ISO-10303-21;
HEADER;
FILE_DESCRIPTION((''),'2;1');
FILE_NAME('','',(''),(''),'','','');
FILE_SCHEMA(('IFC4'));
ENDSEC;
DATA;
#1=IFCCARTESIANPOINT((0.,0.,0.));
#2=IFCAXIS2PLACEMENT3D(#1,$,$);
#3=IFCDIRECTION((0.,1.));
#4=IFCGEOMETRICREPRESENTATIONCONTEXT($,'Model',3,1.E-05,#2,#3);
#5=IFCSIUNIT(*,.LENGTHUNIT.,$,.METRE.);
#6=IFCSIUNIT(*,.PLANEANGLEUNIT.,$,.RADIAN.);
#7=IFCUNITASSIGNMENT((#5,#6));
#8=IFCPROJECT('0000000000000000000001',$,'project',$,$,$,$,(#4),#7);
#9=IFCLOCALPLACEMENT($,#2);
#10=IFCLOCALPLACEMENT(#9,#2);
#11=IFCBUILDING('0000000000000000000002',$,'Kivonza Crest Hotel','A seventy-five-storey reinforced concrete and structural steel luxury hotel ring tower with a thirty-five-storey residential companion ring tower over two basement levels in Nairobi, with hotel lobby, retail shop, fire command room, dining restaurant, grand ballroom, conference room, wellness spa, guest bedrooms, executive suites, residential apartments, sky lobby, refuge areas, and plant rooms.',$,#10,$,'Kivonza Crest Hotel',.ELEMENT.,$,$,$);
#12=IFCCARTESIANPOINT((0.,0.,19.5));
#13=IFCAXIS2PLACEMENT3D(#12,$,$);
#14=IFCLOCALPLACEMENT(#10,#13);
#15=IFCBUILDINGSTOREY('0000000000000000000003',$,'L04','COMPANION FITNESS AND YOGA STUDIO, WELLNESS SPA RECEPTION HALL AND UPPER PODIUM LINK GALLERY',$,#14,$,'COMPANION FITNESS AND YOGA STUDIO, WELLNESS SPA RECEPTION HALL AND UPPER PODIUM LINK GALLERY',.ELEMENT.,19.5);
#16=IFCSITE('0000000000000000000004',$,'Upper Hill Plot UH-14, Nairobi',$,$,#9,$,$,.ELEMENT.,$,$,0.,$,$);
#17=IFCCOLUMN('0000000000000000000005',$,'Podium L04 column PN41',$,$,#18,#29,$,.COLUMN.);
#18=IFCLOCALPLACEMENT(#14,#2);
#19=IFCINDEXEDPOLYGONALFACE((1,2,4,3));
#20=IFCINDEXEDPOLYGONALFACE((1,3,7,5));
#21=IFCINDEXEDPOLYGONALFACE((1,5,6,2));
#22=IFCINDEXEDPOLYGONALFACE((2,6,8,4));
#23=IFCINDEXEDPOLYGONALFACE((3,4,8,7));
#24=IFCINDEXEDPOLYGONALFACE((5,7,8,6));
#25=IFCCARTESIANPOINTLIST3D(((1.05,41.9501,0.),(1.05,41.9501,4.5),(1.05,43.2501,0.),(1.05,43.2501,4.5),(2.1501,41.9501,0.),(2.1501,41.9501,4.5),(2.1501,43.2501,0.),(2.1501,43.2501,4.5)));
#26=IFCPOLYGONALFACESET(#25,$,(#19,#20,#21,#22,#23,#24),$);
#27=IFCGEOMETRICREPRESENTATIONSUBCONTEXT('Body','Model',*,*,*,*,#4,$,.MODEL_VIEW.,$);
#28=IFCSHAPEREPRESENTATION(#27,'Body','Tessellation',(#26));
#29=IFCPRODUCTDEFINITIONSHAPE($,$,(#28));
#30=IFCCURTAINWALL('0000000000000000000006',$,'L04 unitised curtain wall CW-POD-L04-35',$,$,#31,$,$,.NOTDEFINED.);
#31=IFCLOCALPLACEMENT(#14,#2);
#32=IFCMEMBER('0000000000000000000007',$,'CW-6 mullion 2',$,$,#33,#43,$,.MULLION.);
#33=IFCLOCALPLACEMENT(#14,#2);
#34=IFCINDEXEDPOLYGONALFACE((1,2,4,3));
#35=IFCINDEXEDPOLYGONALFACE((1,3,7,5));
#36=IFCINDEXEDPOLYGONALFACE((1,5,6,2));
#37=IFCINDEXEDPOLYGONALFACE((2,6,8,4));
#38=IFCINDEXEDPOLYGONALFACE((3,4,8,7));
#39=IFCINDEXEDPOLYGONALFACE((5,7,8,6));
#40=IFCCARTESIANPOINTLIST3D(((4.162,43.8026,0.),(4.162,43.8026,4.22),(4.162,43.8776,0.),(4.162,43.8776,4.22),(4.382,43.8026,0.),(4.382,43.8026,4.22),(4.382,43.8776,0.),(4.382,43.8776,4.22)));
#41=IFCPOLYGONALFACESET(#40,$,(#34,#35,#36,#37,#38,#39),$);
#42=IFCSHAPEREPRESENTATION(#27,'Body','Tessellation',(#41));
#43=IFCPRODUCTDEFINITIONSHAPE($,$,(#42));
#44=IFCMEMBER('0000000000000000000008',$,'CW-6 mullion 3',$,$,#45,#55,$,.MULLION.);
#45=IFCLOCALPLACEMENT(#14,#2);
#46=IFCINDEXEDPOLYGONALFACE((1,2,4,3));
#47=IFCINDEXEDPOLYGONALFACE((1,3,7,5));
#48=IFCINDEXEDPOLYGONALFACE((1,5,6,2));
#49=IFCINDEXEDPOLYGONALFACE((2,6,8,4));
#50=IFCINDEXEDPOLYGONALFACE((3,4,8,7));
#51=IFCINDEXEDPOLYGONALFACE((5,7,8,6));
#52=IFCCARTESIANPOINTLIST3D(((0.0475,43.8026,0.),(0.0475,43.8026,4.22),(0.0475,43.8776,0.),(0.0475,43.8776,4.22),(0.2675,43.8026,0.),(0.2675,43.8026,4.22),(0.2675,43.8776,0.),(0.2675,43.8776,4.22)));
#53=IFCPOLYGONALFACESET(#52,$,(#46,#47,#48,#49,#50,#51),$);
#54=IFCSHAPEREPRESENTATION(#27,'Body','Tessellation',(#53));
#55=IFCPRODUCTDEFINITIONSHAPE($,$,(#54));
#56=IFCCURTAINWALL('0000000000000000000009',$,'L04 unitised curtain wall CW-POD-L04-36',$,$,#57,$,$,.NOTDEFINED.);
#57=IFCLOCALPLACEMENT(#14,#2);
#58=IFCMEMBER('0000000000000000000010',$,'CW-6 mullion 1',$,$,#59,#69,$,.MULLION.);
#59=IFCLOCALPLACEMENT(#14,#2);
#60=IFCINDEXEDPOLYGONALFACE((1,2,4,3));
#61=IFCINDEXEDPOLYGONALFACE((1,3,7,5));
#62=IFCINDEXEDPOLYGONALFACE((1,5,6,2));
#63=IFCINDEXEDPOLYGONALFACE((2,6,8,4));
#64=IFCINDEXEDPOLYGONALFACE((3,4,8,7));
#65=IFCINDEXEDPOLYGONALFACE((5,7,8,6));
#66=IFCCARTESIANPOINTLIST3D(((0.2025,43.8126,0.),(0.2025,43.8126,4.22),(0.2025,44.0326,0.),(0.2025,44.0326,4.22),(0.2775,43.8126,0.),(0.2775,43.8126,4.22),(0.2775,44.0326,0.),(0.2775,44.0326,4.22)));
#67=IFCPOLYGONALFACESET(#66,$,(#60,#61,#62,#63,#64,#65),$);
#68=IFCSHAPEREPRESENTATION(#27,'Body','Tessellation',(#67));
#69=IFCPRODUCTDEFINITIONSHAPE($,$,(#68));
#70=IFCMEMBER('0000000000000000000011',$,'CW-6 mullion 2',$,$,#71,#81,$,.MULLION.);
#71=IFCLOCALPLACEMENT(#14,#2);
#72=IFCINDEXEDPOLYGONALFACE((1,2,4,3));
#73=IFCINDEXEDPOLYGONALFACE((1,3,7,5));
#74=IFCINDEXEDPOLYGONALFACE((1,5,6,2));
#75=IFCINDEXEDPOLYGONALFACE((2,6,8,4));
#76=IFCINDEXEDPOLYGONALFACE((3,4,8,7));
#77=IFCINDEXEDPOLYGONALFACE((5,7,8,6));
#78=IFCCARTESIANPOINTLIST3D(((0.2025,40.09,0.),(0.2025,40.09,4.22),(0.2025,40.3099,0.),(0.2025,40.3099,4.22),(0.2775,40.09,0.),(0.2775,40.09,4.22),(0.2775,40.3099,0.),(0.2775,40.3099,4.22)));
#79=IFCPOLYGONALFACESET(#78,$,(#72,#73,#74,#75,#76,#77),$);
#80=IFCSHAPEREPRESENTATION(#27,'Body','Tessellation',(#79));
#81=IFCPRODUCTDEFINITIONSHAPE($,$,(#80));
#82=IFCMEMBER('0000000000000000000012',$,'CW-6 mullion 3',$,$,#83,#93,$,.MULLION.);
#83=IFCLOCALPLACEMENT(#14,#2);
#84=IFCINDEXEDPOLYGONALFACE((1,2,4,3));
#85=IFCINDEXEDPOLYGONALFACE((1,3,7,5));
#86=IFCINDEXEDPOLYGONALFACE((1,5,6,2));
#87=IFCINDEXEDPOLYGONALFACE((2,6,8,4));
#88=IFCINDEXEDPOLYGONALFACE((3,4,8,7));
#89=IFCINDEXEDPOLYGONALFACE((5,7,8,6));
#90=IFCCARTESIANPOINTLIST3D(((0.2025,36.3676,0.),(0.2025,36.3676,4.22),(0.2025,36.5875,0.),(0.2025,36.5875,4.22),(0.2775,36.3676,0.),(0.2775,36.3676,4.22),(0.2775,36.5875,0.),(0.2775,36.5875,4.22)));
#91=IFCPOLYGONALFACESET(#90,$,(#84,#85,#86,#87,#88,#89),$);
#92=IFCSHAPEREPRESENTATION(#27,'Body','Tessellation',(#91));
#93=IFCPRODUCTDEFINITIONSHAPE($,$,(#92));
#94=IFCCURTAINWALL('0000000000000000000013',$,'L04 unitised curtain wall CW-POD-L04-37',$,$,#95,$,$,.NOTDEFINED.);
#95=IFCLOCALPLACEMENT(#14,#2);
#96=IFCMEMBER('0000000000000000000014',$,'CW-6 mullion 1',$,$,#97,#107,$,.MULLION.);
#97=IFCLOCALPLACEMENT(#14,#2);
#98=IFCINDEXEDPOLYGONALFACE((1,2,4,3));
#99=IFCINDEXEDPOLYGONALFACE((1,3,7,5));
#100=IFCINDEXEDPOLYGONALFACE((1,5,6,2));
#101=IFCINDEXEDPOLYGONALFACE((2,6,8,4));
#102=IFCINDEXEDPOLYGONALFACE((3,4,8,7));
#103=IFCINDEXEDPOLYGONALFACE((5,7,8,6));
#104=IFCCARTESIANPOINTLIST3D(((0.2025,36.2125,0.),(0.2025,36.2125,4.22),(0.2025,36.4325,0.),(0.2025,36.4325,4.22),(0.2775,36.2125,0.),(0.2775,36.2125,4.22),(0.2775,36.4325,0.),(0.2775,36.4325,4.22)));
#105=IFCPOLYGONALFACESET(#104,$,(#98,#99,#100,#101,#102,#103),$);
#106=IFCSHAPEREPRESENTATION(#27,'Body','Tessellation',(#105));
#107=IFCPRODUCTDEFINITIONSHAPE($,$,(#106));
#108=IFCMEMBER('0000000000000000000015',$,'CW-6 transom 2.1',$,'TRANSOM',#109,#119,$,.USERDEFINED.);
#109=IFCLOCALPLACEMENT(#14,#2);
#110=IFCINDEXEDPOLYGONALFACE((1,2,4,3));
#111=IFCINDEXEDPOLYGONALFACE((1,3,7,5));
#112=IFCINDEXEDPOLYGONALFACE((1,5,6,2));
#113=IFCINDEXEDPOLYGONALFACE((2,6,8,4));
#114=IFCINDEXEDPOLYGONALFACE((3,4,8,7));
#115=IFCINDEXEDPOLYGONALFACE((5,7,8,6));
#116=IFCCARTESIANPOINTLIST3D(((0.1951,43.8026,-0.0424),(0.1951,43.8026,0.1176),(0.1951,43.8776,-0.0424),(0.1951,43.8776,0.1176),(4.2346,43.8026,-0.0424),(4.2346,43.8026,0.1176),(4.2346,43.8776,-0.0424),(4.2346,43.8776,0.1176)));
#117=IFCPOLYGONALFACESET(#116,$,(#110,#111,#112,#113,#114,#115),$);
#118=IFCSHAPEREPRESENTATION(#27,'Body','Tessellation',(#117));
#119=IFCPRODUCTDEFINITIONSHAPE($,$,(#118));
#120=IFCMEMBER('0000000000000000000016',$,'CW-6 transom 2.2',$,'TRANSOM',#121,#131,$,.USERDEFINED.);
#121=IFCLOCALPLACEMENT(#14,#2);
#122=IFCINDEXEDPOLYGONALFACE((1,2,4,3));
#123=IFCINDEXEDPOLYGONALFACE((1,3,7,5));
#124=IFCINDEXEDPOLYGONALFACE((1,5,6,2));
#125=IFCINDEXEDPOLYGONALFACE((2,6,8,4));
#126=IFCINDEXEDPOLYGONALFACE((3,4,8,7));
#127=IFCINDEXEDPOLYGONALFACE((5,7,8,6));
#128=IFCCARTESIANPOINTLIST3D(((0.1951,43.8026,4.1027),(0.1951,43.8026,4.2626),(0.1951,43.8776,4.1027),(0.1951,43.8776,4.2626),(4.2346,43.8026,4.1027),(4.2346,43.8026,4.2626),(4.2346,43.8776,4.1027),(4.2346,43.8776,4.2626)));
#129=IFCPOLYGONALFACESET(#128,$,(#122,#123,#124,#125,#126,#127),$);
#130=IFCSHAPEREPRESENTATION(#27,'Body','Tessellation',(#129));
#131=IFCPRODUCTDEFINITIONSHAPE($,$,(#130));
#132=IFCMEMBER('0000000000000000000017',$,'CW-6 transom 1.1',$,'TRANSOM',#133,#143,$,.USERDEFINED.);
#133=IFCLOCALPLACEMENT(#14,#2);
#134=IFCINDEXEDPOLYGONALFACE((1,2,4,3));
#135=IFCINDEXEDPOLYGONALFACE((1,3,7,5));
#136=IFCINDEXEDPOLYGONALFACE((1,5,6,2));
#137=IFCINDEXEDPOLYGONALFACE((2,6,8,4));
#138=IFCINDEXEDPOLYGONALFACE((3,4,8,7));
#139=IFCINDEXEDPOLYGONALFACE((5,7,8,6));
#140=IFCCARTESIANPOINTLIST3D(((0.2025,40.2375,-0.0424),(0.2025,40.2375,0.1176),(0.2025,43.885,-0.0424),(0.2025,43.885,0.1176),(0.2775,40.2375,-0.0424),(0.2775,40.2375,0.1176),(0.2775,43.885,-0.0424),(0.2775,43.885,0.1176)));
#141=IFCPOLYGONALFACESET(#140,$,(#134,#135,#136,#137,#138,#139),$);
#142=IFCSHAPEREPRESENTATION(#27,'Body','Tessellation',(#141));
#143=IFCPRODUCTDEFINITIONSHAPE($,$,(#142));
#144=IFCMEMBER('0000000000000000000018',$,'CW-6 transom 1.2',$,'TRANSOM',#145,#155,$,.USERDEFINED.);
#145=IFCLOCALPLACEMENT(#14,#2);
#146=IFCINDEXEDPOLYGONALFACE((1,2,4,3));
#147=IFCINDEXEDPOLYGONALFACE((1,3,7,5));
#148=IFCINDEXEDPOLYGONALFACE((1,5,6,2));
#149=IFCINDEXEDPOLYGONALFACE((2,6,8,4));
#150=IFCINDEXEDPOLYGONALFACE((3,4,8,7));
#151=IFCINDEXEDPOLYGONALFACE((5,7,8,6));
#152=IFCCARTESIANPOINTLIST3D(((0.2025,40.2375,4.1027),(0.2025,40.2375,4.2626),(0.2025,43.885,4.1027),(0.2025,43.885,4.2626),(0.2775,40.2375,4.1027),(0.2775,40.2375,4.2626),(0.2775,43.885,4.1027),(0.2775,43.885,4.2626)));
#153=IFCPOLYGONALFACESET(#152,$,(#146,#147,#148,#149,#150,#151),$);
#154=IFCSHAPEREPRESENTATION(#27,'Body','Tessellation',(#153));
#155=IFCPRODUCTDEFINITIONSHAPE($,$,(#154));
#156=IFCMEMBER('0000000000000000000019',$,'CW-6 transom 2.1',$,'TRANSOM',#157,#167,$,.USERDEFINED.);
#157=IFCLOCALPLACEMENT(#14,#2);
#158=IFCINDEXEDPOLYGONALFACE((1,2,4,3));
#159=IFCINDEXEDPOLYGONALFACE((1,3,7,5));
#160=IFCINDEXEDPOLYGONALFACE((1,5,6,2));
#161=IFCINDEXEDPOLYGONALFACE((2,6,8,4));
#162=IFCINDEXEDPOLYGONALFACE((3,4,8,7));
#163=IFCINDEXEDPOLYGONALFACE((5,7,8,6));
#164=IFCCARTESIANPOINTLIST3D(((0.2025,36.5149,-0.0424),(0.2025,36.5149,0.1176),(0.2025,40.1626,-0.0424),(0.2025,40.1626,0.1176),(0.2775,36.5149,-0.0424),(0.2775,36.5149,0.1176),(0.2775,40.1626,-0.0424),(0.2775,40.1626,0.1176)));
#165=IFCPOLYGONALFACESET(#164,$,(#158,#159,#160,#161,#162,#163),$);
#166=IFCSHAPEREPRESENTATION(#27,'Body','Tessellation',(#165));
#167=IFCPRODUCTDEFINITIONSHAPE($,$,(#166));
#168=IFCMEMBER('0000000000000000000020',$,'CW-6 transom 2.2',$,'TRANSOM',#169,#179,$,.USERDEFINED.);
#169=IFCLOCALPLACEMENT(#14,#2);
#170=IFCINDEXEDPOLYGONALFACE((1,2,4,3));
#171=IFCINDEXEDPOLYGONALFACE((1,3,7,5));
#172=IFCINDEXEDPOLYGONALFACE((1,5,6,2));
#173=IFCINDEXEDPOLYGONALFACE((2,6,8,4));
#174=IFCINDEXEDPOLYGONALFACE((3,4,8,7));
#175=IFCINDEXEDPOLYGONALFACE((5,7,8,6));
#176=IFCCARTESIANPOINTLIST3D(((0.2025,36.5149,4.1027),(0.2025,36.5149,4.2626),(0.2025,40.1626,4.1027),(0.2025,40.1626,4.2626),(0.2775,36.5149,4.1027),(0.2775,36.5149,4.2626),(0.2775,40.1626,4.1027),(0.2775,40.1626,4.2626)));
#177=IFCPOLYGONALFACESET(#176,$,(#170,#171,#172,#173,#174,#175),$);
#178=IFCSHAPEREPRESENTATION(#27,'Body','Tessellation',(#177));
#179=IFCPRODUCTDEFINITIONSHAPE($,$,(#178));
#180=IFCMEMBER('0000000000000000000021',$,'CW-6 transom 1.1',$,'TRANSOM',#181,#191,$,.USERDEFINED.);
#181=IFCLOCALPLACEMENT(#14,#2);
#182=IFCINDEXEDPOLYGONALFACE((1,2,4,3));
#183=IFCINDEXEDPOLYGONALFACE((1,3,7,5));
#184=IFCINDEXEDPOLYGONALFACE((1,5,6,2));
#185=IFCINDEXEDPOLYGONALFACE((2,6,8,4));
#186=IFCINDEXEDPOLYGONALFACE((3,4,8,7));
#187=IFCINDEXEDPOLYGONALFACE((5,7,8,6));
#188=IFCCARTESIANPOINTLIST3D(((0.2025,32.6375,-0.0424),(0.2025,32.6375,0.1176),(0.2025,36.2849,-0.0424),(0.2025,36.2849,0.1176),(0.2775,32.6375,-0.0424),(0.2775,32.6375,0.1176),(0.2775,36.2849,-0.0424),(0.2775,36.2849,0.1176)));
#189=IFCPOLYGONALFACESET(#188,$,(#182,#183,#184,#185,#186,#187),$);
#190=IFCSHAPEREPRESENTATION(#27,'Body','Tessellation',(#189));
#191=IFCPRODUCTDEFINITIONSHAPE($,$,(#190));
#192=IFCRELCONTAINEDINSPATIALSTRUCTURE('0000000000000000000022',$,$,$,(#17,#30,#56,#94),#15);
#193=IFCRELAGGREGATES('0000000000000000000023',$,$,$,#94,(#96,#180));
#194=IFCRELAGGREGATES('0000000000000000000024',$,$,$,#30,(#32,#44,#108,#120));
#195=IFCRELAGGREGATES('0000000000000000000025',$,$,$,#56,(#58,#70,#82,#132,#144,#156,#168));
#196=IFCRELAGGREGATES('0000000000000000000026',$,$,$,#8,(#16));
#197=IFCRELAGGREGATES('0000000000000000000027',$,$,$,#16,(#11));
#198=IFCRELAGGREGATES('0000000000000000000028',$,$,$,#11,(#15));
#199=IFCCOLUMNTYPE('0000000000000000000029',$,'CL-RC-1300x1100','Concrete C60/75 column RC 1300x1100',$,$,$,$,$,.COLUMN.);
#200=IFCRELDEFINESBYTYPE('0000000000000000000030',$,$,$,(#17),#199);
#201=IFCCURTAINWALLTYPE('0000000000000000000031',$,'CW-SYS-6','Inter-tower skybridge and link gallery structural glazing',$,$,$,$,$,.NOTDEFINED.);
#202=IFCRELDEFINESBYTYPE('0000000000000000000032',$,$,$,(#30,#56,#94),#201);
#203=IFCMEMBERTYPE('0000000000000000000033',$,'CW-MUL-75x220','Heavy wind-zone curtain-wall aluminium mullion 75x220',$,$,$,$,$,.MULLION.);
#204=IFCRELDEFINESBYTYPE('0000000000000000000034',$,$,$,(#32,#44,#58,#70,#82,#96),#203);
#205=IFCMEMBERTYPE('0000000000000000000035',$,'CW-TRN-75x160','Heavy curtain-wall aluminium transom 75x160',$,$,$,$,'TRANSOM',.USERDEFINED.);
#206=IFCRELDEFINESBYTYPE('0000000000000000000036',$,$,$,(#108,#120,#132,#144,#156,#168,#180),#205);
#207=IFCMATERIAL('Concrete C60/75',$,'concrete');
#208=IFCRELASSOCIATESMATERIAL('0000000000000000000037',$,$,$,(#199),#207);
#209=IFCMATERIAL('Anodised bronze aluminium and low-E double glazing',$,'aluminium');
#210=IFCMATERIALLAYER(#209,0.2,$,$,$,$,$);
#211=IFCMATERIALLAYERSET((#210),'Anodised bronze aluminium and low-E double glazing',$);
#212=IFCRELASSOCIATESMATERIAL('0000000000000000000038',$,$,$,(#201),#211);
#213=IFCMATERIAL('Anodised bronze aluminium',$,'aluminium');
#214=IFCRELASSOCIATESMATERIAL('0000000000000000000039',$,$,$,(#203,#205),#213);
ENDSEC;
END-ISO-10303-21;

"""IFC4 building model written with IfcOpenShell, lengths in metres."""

from ifc_helpers import new_model, si_unit, direction, frame, origin, origin_2d, place, context, subcontext, project, spatial, rectangle, extrude, material, layer, layer_set, material_profile, profile_set, type_object, element, aggregate, save


model = new_model("IFC4")

# Units and contexts
model_context = context("Model", 3, precision=1e-05, world=origin(), true_north=direction((0.0, 1.0)))
body_context = subcontext(model_context, "Body", "Model", "MODEL_VIEW")
ifc_project = project(units=[si_unit("LENGTHUNIT", "METRE"), si_unit("PLANEANGLEUNIT", "RADIAN")], contexts=[model_context])

# Site, building, storey
site_placement = place(None, origin())
site = spatial("IfcSite", under=ifc_project, at=site_placement, Name="Upper Hill Plot UH-14, Nairobi", CompositionType="ELEMENT", RefElevation=0.0)
building_placement = place(site_placement, origin())
building = spatial("IfcBuilding", under=site, at=building_placement, Name="Kivonza Crest Hotel", Description="A seventy-five-storey reinforced concrete and structural steel luxury hotel ring tower with a thirty-five-storey residential companion ring tower over two basement levels in Nairobi, with hotel lobby, retail shop, fire command room, dining restaurant, grand ballroom, conference room, wellness spa, guest bedrooms, executive suites, residential apartments, sky lobby, refuge areas, and plant rooms.", LongName="Kivonza Crest Hotel", CompositionType="ELEMENT")
storey_placement = place(building_placement, frame((0.0, 0.0, 19.5)))
storey = spatial("IfcBuildingStorey", under=building, at=storey_placement, Name="L04", Description="COMPANION FITNESS AND YOGA STUDIO, WELLNESS SPA RECEPTION HALL AND UPPER PODIUM LINK GALLERY", LongName="COMPANION FITNESS AND YOGA STUDIO, WELLNESS SPA RECEPTION HALL AND UPPER PODIUM LINK GALLERY", CompositionType="ELEMENT", Elevation=19.5)

# Column
ifc_material_1 = material(Name="Concrete C60/75", Category="concrete")
ifc_material_profile_1 = material_profile(ifc_material_1, rectangle(XDim=1.1001, YDim=1.3, at=origin_2d()), Name="RC 1300x1100")
ifc_profile_set_1 = profile_set([ifc_material_profile_1], Name="Concrete C60/75")
column_type = type_object("IfcColumnType", Name="CL-RC-1300x1100", Description="Concrete C60/75 column RC 1300x1100", PredefinedType="COLUMN", material=ifc_profile_set_1)
column_placement = place(storey_placement, frame((1.6001, 42.6001, 0.0), z_axis=(0.0, 0.0, 1.0), x_axis=(1.0, 0.0, 0.0)))
element("IfcColumn", 1, at=column_placement, inside=storey, type_object=column_type, Name="Podium L04 column PN41", PredefinedType="COLUMN", context=body_context, shape_type="SweptSolid", body=[
    extrude(rectangle(XDim=1.1001, YDim=1.3, at=origin_2d()), origin(), (0.0, 0.0, 1.0), 4.5),
])

# Curtain walls, members
ifc_material_2 = material(Name="Anodised bronze aluminium and low-E double glazing", Category="aluminium")
ifc_layer_1 = layer(ifc_material_2, 0.2)
ifc_layer_set_1 = layer_set([ifc_layer_1], Name="Anodised bronze aluminium and low-E double glazing")
curtain_wall_type = type_object("IfcCurtainWallType", Name="CW-SYS-6", Description="Inter-tower skybridge and link gallery structural glazing", PredefinedType="NOTDEFINED", material=ifc_layer_set_1)
curtain_wall_1_placement = place(storey_placement, origin())
curtain_wall_1 = element("IfcCurtainWall", 2, at=curtain_wall_1_placement, inside=storey, type_object=curtain_wall_type, Name="L04 unitised curtain wall CW-POD-L04-35", PredefinedType="NOTDEFINED")
ifc_material_3 = material(Name="Anodised bronze aluminium", Category="aluminium")
ifc_material_profile_2 = material_profile(ifc_material_3, rectangle(XDim=0.075, YDim=0.22, at=origin_2d()), Name="CW-M 75x220")
ifc_profile_set_2 = profile_set([ifc_material_profile_2], Name="Anodised bronze aluminium")
member_type_1 = type_object("IfcMemberType", Name="CW-MUL-75x220", Description="Heavy wind-zone curtain-wall aluminium mullion 75x220", PredefinedType="MULLION", material=ifc_profile_set_2)
member_1_placement = place(storey_placement, frame((4.272, 43.8401, 0.0), z_axis=(0.0, 0.0, 1.0), x_axis=(0.0, -1.0, 0.0)))
member_1 = element("IfcMember", 3, at=member_1_placement, type_object=member_type_1, Name="CW-6 mullion 2", PredefinedType="MULLION", context=body_context, shape_type="SweptSolid", body=[
    extrude(rectangle(XDim=0.075, YDim=0.22, at=origin_2d()), origin(), (0.0, 0.0, 1.0), 4.22),
])
member_2_placement = place(storey_placement, frame((0.1575, 43.8401, 0.0), z_axis=(0.0, 0.0, 1.0), x_axis=(0.0, -1.0, 0.0)))
member_2 = element("IfcMember", 4, at=member_2_placement, type_object=member_type_1, Name="CW-6 mullion 3", PredefinedType="MULLION", context=body_context, shape_type="SweptSolid", body=[
    extrude(rectangle(XDim=0.075, YDim=0.22, at=origin_2d()), origin(), (0.0, 0.0, 1.0), 4.22),
])
curtain_wall_2_placement = place(storey_placement, origin())
curtain_wall_2 = element("IfcCurtainWall", 5, at=curtain_wall_2_placement, inside=storey, type_object=curtain_wall_type, Name="L04 unitised curtain wall CW-POD-L04-36", PredefinedType="NOTDEFINED")
member_3_placement = place(storey_placement, frame((0.24, 43.9226, 0.0), z_axis=(0.0, 0.0, 1.0), x_axis=(1.0, 0.0, 0.0)))
member_3 = element("IfcMember", 6, at=member_3_placement, type_object=member_type_1, Name="CW-6 mullion 1", PredefinedType="MULLION", context=body_context, shape_type="SweptSolid", body=[
    extrude(rectangle(XDim=0.075, YDim=0.22, at=origin_2d()), origin(), (0.0, 0.0, 1.0), 4.22),
])
member_4_placement = place(storey_placement, frame((0.24, 40.2, 0.0), z_axis=(0.0, 0.0, 1.0), x_axis=(1.0, 0.0, 0.0)))
member_4 = element("IfcMember", 7, at=member_4_placement, type_object=member_type_1, Name="CW-6 mullion 2", PredefinedType="MULLION", context=body_context, shape_type="SweptSolid", body=[
    extrude(rectangle(XDim=0.075, YDim=0.22, at=origin_2d()), origin(), (0.0, 0.0, 1.0), 4.22),
])
member_5_placement = place(storey_placement, frame((0.24, 36.4775, 0.0), z_axis=(0.0, 0.0, 1.0), x_axis=(1.0, 0.0, 0.0)))
member_5 = element("IfcMember", 8, at=member_5_placement, type_object=member_type_1, Name="CW-6 mullion 3", PredefinedType="MULLION", context=body_context, shape_type="SweptSolid", body=[
    extrude(rectangle(XDim=0.075, YDim=0.22, at=origin_2d()), origin(), (0.0, 0.0, 1.0), 4.22),
])

# Curtain wall, member
curtain_wall_3_placement = place(storey_placement, origin())
curtain_wall_3 = element("IfcCurtainWall", 9, at=curtain_wall_3_placement, inside=storey, type_object=curtain_wall_type, Name="L04 unitised curtain wall CW-POD-L04-37", PredefinedType="NOTDEFINED")
member_6_placement = place(storey_placement, frame((0.24, 36.3225, 0.0), z_axis=(0.0, 0.0, 1.0), x_axis=(1.0, 0.0, 0.0)))
member_6 = element("IfcMember", 10, at=member_6_placement, type_object=member_type_1, Name="CW-6 mullion 1", PredefinedType="MULLION", context=body_context, shape_type="SweptSolid", body=[
    extrude(rectangle(XDim=0.075, YDim=0.22, at=origin_2d()), origin(), (0.0, 0.0, 1.0), 4.22),
])

# Members
ifc_material_profile_3 = material_profile(ifc_material_3, rectangle(XDim=0.075, YDim=0.1599, at=origin_2d()), Name="CW-T 75x160")
ifc_profile_set_3 = profile_set([ifc_material_profile_3], Name="Anodised bronze aluminium")
member_type_2 = type_object("IfcMemberType", Name="CW-TRN-75x160", Description="Heavy curtain-wall aluminium transom 75x160", ElementType="TRANSOM", PredefinedType="USERDEFINED", material=ifc_profile_set_3)
member_7_placement = place(storey_placement, frame((4.2346, 43.8401, 0.0376), z_axis=(-1.0, 0.0, 0.0), x_axis=(0.0, -1.0, 0.0)))
member_7 = element("IfcMember", 11, at=member_7_placement, type_object=member_type_2, Name="CW-6 transom 2.1", ObjectType="TRANSOM", PredefinedType="USERDEFINED", context=body_context, shape_type="SweptSolid", body=[
    extrude(rectangle(XDim=0.075, YDim=0.1599, at=origin_2d()), origin(), (0.0, 0.0, 1.0), 4.0396),
])
member_8_placement = place(storey_placement, frame((4.2346, 43.8401, 4.1826), z_axis=(-1.0, 0.0, 0.0), x_axis=(0.0, -1.0, 0.0)))
member_8 = element("IfcMember", 12, at=member_8_placement, type_object=member_type_2, Name="CW-6 transom 2.2", ObjectType="TRANSOM", PredefinedType="USERDEFINED", context=body_context, shape_type="SweptSolid", body=[
    extrude(rectangle(XDim=0.075, YDim=0.1599, at=origin_2d()), origin(), (0.0, 0.0, 1.0), 4.0396),
])
member_9_placement = place(storey_placement, frame((0.24, 43.885, 0.0376), z_axis=(0.0, -1.0, 0.0), x_axis=(1.0, 0.0, 0.0)))
member_9 = element("IfcMember", 13, at=member_9_placement, type_object=member_type_2, Name="CW-6 transom 1.1", ObjectType="TRANSOM", PredefinedType="USERDEFINED", context=body_context, shape_type="SweptSolid", body=[
    extrude(rectangle(XDim=0.075, YDim=0.1599, at=origin_2d()), origin(), (0.0, 0.0, 1.0), 3.6475),
])
member_10_placement = place(storey_placement, frame((0.24, 43.885, 4.1826), z_axis=(0.0, -1.0, 0.0), x_axis=(1.0, 0.0, 0.0)))
member_10 = element("IfcMember", 14, at=member_10_placement, type_object=member_type_2, Name="CW-6 transom 1.2", ObjectType="TRANSOM", PredefinedType="USERDEFINED", context=body_context, shape_type="SweptSolid", body=[
    extrude(rectangle(XDim=0.075, YDim=0.1599, at=origin_2d()), origin(), (0.0, 0.0, 1.0), 3.6475),
])
member_11_placement = place(storey_placement, frame((0.24, 40.1626, 0.0376), z_axis=(0.0, -1.0, 0.0), x_axis=(1.0, 0.0, 0.0)))
member_11 = element("IfcMember", 15, at=member_11_placement, type_object=member_type_2, Name="CW-6 transom 2.1", ObjectType="TRANSOM", PredefinedType="USERDEFINED", context=body_context, shape_type="SweptSolid", body=[
    extrude(rectangle(XDim=0.075, YDim=0.1599, at=origin_2d()), origin(), (0.0, 0.0, 1.0), 3.6477),
])
member_12_placement = place(storey_placement, frame((0.24, 40.1626, 4.1826), z_axis=(0.0, -1.0, 0.0), x_axis=(1.0, 0.0, 0.0)))
member_12 = element("IfcMember", 16, at=member_12_placement, type_object=member_type_2, Name="CW-6 transom 2.2", ObjectType="TRANSOM", PredefinedType="USERDEFINED", context=body_context, shape_type="SweptSolid", body=[
    extrude(rectangle(XDim=0.075, YDim=0.1599, at=origin_2d()), origin(), (0.0, 0.0, 1.0), 3.6477),
])
member_13_placement = place(storey_placement, frame((0.24, 36.2849, 0.0376), z_axis=(0.0, -1.0, 0.0), x_axis=(1.0, 0.0, 0.0)))
member_13 = element("IfcMember", 17, at=member_13_placement, type_object=member_type_2, Name="CW-6 transom 1.1", ObjectType="TRANSOM", PredefinedType="USERDEFINED", context=body_context, shape_type="SweptSolid", body=[
    extrude(rectangle(XDim=0.075, YDim=0.1599, at=origin_2d()), origin(), (0.0, 0.0, 1.0), 3.6475),
])
aggregate(curtain_wall_3, [member_6, member_13])

aggregate(curtain_wall_1, [member_1, member_2, member_7, member_8])
aggregate(curtain_wall_2, [member_3, member_4, member_5, member_9, member_10, member_11, member_12])

save(model, "model.ifc")
